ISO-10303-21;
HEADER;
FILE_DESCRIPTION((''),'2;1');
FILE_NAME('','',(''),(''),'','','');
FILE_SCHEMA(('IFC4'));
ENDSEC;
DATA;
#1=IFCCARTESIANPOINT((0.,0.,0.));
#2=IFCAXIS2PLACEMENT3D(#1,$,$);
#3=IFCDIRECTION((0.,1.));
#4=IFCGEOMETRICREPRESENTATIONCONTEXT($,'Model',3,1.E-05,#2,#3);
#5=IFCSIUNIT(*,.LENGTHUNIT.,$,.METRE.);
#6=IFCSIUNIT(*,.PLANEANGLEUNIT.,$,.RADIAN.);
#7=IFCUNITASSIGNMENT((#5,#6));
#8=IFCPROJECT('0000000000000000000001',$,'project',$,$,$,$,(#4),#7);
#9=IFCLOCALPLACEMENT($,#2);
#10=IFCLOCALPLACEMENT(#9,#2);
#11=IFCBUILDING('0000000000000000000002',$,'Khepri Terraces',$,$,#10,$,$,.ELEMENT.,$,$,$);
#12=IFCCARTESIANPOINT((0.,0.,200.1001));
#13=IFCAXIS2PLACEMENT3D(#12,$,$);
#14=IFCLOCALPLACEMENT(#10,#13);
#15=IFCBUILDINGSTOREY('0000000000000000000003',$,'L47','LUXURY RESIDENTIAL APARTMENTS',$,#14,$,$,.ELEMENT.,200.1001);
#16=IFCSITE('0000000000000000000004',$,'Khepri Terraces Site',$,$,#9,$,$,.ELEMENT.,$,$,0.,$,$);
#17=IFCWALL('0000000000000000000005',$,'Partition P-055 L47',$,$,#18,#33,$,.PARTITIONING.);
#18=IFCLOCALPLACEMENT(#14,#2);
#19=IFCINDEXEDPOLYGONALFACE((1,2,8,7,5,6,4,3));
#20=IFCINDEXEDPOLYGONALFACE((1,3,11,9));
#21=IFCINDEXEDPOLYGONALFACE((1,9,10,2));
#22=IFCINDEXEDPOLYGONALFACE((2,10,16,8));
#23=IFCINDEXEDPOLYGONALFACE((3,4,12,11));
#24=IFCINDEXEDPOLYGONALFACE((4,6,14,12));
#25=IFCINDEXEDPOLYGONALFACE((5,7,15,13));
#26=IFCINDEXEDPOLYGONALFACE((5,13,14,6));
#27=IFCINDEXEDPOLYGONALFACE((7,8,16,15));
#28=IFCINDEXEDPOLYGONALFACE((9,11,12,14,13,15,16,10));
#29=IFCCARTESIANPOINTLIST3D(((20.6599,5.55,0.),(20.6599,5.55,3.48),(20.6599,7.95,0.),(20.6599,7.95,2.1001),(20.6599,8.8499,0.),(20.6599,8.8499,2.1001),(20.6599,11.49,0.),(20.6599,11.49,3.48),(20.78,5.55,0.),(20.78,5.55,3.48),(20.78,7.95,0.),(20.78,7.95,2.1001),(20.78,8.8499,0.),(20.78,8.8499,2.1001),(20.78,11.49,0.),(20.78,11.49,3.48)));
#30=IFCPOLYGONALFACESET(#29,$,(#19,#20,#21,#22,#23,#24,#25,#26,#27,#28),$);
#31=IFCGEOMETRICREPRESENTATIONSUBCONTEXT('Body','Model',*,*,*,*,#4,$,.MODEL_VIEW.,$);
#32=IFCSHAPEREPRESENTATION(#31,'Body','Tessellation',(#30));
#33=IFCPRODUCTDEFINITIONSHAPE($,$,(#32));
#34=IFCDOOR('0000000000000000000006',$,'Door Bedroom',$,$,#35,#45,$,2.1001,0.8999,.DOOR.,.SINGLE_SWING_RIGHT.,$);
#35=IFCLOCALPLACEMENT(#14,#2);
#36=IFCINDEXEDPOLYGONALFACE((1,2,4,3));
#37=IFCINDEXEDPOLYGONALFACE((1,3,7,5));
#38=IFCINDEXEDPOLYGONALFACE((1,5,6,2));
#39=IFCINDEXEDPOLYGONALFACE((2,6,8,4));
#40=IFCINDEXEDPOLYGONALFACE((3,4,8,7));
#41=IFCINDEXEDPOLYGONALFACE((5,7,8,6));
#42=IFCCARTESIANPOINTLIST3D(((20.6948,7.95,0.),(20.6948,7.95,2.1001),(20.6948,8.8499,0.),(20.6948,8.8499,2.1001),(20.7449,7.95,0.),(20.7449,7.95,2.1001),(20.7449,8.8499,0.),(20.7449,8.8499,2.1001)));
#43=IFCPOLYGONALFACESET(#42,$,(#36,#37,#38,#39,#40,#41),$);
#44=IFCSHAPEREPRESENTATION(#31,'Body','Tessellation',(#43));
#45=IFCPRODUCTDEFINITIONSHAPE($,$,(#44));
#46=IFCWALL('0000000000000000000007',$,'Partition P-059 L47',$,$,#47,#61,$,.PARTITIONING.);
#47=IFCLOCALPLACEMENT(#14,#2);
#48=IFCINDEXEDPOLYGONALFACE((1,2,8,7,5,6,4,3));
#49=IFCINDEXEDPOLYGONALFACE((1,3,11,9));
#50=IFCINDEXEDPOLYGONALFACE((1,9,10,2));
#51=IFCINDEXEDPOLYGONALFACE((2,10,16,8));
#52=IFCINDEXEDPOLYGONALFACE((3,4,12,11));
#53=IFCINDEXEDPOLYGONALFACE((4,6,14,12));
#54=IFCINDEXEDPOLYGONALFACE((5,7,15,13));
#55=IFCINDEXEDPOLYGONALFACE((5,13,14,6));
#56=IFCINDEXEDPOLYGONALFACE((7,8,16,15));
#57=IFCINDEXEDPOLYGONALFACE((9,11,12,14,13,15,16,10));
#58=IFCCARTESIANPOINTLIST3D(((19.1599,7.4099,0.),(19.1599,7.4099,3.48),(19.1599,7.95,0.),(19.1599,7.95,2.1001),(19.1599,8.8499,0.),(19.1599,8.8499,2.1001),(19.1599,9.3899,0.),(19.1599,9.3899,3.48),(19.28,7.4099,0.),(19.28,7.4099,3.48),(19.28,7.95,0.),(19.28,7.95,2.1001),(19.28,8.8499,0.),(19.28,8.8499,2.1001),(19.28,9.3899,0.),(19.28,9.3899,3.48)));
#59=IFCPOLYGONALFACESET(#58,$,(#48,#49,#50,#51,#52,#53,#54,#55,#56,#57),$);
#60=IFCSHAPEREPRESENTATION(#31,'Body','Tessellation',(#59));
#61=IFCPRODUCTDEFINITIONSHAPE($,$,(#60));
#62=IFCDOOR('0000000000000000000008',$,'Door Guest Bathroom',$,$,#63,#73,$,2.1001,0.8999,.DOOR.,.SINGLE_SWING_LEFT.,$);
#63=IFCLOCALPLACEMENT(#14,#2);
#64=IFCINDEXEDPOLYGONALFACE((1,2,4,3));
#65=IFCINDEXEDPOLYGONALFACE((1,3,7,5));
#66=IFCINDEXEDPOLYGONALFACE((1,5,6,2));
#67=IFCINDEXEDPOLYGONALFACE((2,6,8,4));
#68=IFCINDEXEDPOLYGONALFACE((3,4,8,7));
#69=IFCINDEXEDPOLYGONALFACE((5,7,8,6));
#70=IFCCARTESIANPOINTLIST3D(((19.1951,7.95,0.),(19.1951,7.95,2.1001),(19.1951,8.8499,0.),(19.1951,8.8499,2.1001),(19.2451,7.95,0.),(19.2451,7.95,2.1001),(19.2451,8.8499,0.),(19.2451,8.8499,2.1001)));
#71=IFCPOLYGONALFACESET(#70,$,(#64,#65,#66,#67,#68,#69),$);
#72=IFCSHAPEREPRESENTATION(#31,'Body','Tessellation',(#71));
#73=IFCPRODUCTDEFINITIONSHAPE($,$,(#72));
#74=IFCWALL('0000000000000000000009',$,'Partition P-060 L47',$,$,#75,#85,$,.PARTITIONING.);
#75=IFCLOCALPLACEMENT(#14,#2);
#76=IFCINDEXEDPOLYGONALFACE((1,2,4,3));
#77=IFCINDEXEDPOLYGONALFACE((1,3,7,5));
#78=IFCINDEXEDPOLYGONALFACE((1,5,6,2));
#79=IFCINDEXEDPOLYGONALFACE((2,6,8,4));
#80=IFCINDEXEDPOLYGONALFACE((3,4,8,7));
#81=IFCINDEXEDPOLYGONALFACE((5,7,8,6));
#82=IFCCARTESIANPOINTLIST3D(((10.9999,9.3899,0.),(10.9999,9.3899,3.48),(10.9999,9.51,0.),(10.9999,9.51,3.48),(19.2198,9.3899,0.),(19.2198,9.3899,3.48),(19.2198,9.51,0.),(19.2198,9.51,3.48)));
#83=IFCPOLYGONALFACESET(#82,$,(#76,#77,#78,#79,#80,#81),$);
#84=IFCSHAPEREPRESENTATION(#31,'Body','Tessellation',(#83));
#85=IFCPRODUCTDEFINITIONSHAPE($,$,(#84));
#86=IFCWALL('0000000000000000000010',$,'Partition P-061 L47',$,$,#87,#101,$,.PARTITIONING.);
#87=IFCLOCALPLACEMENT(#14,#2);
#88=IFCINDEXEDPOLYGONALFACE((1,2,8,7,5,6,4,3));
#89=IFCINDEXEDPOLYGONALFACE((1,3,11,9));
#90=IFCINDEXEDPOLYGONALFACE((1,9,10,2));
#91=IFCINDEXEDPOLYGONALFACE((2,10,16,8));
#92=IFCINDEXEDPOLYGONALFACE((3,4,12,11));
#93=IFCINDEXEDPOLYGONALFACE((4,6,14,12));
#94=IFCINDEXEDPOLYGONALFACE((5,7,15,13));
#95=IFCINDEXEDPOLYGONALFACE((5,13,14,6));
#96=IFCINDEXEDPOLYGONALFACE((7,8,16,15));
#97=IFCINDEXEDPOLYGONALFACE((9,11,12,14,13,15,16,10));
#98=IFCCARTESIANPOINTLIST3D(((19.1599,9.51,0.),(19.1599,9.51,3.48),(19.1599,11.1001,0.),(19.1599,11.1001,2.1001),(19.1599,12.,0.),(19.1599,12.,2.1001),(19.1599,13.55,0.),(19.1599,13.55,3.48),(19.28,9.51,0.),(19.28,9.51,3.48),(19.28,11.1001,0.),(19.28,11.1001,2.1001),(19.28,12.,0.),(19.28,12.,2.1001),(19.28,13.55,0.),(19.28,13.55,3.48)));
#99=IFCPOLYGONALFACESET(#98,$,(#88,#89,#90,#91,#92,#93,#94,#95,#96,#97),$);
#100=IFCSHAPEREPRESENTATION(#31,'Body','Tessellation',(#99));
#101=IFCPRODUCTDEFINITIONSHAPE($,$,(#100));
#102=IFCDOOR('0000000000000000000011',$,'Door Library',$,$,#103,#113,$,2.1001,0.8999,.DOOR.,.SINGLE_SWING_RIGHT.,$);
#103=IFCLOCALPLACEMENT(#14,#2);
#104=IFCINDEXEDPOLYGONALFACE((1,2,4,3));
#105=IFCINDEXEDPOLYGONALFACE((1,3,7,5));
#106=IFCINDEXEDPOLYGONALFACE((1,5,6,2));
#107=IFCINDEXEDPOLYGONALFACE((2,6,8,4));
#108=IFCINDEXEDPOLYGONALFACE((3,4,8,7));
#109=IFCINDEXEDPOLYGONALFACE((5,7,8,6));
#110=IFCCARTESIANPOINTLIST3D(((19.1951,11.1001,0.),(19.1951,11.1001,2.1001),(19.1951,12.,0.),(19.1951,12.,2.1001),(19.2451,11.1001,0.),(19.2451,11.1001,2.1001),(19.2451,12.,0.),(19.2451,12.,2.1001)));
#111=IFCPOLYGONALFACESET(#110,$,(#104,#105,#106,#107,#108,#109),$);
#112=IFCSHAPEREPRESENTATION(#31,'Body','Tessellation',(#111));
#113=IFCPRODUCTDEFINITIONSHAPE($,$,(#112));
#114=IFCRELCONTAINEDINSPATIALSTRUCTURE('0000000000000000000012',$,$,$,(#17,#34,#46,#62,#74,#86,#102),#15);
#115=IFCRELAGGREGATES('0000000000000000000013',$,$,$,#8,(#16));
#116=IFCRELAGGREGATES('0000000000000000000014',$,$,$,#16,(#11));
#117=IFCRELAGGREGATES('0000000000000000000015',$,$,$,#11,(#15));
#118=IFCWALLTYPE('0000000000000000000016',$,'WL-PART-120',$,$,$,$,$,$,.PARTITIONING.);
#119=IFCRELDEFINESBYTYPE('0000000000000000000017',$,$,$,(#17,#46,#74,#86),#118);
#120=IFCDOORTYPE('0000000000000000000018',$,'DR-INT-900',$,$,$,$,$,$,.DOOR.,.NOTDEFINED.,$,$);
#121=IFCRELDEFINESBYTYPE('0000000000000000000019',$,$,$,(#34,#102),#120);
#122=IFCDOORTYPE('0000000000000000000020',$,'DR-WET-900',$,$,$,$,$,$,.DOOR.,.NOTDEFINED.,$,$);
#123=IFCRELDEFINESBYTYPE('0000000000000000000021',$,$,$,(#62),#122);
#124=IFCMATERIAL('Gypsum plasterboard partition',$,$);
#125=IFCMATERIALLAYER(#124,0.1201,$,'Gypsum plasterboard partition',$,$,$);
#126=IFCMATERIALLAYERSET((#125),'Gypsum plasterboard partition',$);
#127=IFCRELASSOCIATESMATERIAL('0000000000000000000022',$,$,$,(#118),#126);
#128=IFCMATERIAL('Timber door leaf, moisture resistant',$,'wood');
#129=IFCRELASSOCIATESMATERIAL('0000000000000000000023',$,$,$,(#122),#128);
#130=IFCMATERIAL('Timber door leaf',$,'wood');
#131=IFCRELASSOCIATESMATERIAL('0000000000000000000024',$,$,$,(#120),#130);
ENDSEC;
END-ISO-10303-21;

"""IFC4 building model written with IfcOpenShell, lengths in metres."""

from ifc_helpers import new_model, si_unit, direction, frame, frame_2d, origin, place, context, subcontext, project, spatial, rectangle, extrude, material, layer, layer_set, type_object, element, fill, save


model = new_model("IFC4")

# Units and contexts
model_context = context("Model", 3, precision=1e-05, world=origin(), true_north=direction((0.0, 1.0)))
body_context = subcontext(model_context, "Body", "Model", "MODEL_VIEW")
ifc_project = project(units=[si_unit("LENGTHUNIT", "METRE"), si_unit("PLANEANGLEUNIT", "RADIAN")], contexts=[model_context])

# Site, building, storey
site_placement = place(None, origin())
site = spatial("IfcSite", under=ifc_project, at=site_placement, Name="Khepri Terraces Site", CompositionType="ELEMENT", RefElevation=0.0)
building_placement = place(site_placement, origin())
building = spatial("IfcBuilding", under=site, at=building_placement, Name="Khepri Terraces", CompositionType="ELEMENT")
storey_placement = place(building_placement, frame((0.0, 0.0, 200.1001)))
storey = spatial("IfcBuildingStorey", under=building, at=storey_placement, Name="L47", Description="LUXURY RESIDENTIAL APARTMENTS", CompositionType="ELEMENT", Elevation=200.1001)

# Walls, openings, doors
ifc_material_1 = material(Name="Gypsum plasterboard partition")
ifc_layer_1 = layer(ifc_material_1, 0.1201, Name="Gypsum plasterboard partition")
ifc_layer_set_1 = layer_set([ifc_layer_1], Name="Gypsum plasterboard partition")
wall_type_1 = type_object("IfcWallType", Name="WL-PART-120", PredefinedType="PARTITIONING", material=ifc_layer_set_1)
ifc_material_2 = material(Name="Timber door leaf, moisture resistant", Category="wood")
door_type_1 = type_object("IfcDoorType", Name="DR-WET-900", OperationType="NOTDEFINED", PredefinedType="DOOR", material=ifc_material_2)
ifc_material_3 = material(Name="Timber door leaf", Category="wood")
door_type_2 = type_object("IfcDoorType", Name="DR-INT-900", OperationType="NOTDEFINED", PredefinedType="DOOR", material=ifc_material_3)
wall_1_placement = place(storey_placement, frame((20.72, 5.55, 0.0), z_axis=(0.0, 0.0, 1.0), x_axis=(0.0, 1.0, 0.0)))
wall_1 = element("IfcWall", 1, at=wall_1_placement, inside=storey, type_object=wall_type_1, Name="Partition P-055 L47", PredefinedType="PARTITIONING", context=body_context, shape_type="SweptSolid", body=[
    extrude(rectangle(XDim=5.9399, YDim=0.1201, at=frame_2d((2.97, 0.0))), origin(), (0.0, 0.0, 1.0), 3.48),
])
opening_1_placement = place(wall_1_placement, frame((2.3999, 0.0, 0.0)))
opening_1 = element("IfcOpeningElement", 2, at=opening_1_placement, cuts=wall_1, PredefinedType="OPENING", context=body_context, shape_type="SweptSolid", body=[
    extrude(rectangle(XDim=0.8999, YDim=2.1001, at=frame_2d((0.45, 1.05))), frame((0.0, 0.0701, 0.0), z_axis=(0.0, -1.0, 0.0), x_axis=(1.0, 0.0, 0.0)), (0.0, 0.0, 1.0), 0.1401),
])
door_1_placement = place(opening_1_placement, frame((0.8999, 0.0, 0.0), z_axis=(0.0, 0.0, 1.0), x_axis=(-1.0, 0.0, 0.0)))
door_1 = element("IfcDoor", 3, at=door_1_placement, inside=storey, type_object=door_type_2, Name="Door Bedroom", OperationType="SINGLE_SWING_RIGHT", OverallHeight=2.1001, OverallWidth=0.8999, PredefinedType="DOOR", context=body_context, shape_type="SweptSolid", body=[
    extrude(rectangle(XDim=0.8999, YDim=2.1001, at=frame_2d((0.45, 1.05))), frame((0.0, 0.0249, 0.0), z_axis=(0.0, -1.0, 0.0), x_axis=(1.0, 0.0, 0.0)), (0.0, 0.0, 1.0), 0.05),
])
fill(opening_1, door_1)
wall_2_placement = place(storey_placement, frame((19.22, 7.4099, 0.0), z_axis=(0.0, 0.0, 1.0), x_axis=(0.0, 1.0, 0.0)))
wall_2 = element("IfcWall", 4, at=wall_2_placement, inside=storey, type_object=wall_type_1, Name="Partition P-059 L47", PredefinedType="PARTITIONING", context=body_context, shape_type="SweptSolid", body=[
    extrude(rectangle(XDim=1.98, YDim=0.1201, at=frame_2d((0.99, 0.0))), origin(), (0.0, 0.0, 1.0), 3.48),
])
opening_2_placement = place(wall_2_placement, frame((0.54, 0.0, 0.0)))
opening_2 = element("IfcOpeningElement", 5, at=opening_2_placement, cuts=wall_2, PredefinedType="OPENING", context=body_context, shape_type="SweptSolid", body=[
    extrude(rectangle(XDim=0.8999, YDim=2.1001, at=frame_2d((0.45, 1.05))), frame((0.0, 0.0701, 0.0), z_axis=(0.0, -1.0, 0.0), x_axis=(1.0, 0.0, 0.0)), (0.0, 0.0, 1.0), 0.1401),
])
door_2_placement = place(opening_2_placement, origin())
door_2 = element("IfcDoor", 6, at=door_2_placement, inside=storey, type_object=door_type_1, Name="Door Guest Bathroom", OperationType="SINGLE_SWING_LEFT", OverallHeight=2.1001, OverallWidth=0.8999, PredefinedType="DOOR", context=body_context, shape_type="SweptSolid", body=[
    extrude(rectangle(XDim=0.8999, YDim=2.1001, at=frame_2d((0.45, 1.05))), frame((0.0, 0.0249, 0.0), z_axis=(0.0, -1.0, 0.0), x_axis=(1.0, 0.0, 0.0)), (0.0, 0.0, 1.0), 0.05),
])
fill(opening_2, door_2)

# Wall
wall_3_placement = place(storey_placement, frame((11.0, 9.45, 0.0), z_axis=(0.0, 0.0, 1.0), x_axis=(1.0, 0.0, 0.0)))
element("IfcWall", 7, at=wall_3_placement, inside=storey, type_object=wall_type_1, Name="Partition P-060 L47", PredefinedType="PARTITIONING", context=body_context, shape_type="SweptSolid", body=[
    extrude(rectangle(XDim=8.22, YDim=0.1201, at=frame_2d((4.1099, 0.0))), origin(), (0.0, 0.0, 1.0), 3.48),
])

# Wall, opening, door
wall_4_placement = place(storey_placement, frame((19.22, 9.51, 0.0), z_axis=(0.0, 0.0, 1.0), x_axis=(0.0, 1.0, 0.0)))
wall_4 = element("IfcWall", 8, at=wall_4_placement, inside=storey, type_object=wall_type_1, Name="Partition P-061 L47", PredefinedType="PARTITIONING", context=body_context, shape_type="SweptSolid", body=[
    extrude(rectangle(XDim=4.04, YDim=0.1201, at=frame_2d((2.02, 0.0))), origin(), (0.0, 0.0, 1.0), 3.48),
])
opening_3_placement = place(wall_4_placement, frame((1.5901, 0.0, 0.0)))
opening_3 = element("IfcOpeningElement", 9, at=opening_3_placement, cuts=wall_4, PredefinedType="OPENING", context=body_context, shape_type="SweptSolid", body=[
    extrude(rectangle(XDim=0.8999, YDim=2.1001, at=frame_2d((0.45, 1.05))), frame((0.0, 0.0701, 0.0), z_axis=(0.0, -1.0, 0.0), x_axis=(1.0, 0.0, 0.0)), (0.0, 0.0, 1.0), 0.1401),
])
door_3_placement = place(opening_3_placement, origin())
door_3 = element("IfcDoor", 10, at=door_3_placement, inside=storey, type_object=door_type_2, Name="Door Library", OperationType="SINGLE_SWING_RIGHT", OverallHeight=2.1001, OverallWidth=0.8999, PredefinedType="DOOR", context=body_context, shape_type="SweptSolid", body=[
    extrude(rectangle(XDim=0.8999, YDim=2.1001, at=frame_2d((0.45, 1.05))), frame((0.0, 0.0249, 0.0), z_axis=(0.0, -1.0, 0.0), x_axis=(1.0, 0.0, 0.0)), (0.0, 0.0, 1.0), 0.05),
])
fill(opening_3, door_3)

save(model, "model.ifc")
